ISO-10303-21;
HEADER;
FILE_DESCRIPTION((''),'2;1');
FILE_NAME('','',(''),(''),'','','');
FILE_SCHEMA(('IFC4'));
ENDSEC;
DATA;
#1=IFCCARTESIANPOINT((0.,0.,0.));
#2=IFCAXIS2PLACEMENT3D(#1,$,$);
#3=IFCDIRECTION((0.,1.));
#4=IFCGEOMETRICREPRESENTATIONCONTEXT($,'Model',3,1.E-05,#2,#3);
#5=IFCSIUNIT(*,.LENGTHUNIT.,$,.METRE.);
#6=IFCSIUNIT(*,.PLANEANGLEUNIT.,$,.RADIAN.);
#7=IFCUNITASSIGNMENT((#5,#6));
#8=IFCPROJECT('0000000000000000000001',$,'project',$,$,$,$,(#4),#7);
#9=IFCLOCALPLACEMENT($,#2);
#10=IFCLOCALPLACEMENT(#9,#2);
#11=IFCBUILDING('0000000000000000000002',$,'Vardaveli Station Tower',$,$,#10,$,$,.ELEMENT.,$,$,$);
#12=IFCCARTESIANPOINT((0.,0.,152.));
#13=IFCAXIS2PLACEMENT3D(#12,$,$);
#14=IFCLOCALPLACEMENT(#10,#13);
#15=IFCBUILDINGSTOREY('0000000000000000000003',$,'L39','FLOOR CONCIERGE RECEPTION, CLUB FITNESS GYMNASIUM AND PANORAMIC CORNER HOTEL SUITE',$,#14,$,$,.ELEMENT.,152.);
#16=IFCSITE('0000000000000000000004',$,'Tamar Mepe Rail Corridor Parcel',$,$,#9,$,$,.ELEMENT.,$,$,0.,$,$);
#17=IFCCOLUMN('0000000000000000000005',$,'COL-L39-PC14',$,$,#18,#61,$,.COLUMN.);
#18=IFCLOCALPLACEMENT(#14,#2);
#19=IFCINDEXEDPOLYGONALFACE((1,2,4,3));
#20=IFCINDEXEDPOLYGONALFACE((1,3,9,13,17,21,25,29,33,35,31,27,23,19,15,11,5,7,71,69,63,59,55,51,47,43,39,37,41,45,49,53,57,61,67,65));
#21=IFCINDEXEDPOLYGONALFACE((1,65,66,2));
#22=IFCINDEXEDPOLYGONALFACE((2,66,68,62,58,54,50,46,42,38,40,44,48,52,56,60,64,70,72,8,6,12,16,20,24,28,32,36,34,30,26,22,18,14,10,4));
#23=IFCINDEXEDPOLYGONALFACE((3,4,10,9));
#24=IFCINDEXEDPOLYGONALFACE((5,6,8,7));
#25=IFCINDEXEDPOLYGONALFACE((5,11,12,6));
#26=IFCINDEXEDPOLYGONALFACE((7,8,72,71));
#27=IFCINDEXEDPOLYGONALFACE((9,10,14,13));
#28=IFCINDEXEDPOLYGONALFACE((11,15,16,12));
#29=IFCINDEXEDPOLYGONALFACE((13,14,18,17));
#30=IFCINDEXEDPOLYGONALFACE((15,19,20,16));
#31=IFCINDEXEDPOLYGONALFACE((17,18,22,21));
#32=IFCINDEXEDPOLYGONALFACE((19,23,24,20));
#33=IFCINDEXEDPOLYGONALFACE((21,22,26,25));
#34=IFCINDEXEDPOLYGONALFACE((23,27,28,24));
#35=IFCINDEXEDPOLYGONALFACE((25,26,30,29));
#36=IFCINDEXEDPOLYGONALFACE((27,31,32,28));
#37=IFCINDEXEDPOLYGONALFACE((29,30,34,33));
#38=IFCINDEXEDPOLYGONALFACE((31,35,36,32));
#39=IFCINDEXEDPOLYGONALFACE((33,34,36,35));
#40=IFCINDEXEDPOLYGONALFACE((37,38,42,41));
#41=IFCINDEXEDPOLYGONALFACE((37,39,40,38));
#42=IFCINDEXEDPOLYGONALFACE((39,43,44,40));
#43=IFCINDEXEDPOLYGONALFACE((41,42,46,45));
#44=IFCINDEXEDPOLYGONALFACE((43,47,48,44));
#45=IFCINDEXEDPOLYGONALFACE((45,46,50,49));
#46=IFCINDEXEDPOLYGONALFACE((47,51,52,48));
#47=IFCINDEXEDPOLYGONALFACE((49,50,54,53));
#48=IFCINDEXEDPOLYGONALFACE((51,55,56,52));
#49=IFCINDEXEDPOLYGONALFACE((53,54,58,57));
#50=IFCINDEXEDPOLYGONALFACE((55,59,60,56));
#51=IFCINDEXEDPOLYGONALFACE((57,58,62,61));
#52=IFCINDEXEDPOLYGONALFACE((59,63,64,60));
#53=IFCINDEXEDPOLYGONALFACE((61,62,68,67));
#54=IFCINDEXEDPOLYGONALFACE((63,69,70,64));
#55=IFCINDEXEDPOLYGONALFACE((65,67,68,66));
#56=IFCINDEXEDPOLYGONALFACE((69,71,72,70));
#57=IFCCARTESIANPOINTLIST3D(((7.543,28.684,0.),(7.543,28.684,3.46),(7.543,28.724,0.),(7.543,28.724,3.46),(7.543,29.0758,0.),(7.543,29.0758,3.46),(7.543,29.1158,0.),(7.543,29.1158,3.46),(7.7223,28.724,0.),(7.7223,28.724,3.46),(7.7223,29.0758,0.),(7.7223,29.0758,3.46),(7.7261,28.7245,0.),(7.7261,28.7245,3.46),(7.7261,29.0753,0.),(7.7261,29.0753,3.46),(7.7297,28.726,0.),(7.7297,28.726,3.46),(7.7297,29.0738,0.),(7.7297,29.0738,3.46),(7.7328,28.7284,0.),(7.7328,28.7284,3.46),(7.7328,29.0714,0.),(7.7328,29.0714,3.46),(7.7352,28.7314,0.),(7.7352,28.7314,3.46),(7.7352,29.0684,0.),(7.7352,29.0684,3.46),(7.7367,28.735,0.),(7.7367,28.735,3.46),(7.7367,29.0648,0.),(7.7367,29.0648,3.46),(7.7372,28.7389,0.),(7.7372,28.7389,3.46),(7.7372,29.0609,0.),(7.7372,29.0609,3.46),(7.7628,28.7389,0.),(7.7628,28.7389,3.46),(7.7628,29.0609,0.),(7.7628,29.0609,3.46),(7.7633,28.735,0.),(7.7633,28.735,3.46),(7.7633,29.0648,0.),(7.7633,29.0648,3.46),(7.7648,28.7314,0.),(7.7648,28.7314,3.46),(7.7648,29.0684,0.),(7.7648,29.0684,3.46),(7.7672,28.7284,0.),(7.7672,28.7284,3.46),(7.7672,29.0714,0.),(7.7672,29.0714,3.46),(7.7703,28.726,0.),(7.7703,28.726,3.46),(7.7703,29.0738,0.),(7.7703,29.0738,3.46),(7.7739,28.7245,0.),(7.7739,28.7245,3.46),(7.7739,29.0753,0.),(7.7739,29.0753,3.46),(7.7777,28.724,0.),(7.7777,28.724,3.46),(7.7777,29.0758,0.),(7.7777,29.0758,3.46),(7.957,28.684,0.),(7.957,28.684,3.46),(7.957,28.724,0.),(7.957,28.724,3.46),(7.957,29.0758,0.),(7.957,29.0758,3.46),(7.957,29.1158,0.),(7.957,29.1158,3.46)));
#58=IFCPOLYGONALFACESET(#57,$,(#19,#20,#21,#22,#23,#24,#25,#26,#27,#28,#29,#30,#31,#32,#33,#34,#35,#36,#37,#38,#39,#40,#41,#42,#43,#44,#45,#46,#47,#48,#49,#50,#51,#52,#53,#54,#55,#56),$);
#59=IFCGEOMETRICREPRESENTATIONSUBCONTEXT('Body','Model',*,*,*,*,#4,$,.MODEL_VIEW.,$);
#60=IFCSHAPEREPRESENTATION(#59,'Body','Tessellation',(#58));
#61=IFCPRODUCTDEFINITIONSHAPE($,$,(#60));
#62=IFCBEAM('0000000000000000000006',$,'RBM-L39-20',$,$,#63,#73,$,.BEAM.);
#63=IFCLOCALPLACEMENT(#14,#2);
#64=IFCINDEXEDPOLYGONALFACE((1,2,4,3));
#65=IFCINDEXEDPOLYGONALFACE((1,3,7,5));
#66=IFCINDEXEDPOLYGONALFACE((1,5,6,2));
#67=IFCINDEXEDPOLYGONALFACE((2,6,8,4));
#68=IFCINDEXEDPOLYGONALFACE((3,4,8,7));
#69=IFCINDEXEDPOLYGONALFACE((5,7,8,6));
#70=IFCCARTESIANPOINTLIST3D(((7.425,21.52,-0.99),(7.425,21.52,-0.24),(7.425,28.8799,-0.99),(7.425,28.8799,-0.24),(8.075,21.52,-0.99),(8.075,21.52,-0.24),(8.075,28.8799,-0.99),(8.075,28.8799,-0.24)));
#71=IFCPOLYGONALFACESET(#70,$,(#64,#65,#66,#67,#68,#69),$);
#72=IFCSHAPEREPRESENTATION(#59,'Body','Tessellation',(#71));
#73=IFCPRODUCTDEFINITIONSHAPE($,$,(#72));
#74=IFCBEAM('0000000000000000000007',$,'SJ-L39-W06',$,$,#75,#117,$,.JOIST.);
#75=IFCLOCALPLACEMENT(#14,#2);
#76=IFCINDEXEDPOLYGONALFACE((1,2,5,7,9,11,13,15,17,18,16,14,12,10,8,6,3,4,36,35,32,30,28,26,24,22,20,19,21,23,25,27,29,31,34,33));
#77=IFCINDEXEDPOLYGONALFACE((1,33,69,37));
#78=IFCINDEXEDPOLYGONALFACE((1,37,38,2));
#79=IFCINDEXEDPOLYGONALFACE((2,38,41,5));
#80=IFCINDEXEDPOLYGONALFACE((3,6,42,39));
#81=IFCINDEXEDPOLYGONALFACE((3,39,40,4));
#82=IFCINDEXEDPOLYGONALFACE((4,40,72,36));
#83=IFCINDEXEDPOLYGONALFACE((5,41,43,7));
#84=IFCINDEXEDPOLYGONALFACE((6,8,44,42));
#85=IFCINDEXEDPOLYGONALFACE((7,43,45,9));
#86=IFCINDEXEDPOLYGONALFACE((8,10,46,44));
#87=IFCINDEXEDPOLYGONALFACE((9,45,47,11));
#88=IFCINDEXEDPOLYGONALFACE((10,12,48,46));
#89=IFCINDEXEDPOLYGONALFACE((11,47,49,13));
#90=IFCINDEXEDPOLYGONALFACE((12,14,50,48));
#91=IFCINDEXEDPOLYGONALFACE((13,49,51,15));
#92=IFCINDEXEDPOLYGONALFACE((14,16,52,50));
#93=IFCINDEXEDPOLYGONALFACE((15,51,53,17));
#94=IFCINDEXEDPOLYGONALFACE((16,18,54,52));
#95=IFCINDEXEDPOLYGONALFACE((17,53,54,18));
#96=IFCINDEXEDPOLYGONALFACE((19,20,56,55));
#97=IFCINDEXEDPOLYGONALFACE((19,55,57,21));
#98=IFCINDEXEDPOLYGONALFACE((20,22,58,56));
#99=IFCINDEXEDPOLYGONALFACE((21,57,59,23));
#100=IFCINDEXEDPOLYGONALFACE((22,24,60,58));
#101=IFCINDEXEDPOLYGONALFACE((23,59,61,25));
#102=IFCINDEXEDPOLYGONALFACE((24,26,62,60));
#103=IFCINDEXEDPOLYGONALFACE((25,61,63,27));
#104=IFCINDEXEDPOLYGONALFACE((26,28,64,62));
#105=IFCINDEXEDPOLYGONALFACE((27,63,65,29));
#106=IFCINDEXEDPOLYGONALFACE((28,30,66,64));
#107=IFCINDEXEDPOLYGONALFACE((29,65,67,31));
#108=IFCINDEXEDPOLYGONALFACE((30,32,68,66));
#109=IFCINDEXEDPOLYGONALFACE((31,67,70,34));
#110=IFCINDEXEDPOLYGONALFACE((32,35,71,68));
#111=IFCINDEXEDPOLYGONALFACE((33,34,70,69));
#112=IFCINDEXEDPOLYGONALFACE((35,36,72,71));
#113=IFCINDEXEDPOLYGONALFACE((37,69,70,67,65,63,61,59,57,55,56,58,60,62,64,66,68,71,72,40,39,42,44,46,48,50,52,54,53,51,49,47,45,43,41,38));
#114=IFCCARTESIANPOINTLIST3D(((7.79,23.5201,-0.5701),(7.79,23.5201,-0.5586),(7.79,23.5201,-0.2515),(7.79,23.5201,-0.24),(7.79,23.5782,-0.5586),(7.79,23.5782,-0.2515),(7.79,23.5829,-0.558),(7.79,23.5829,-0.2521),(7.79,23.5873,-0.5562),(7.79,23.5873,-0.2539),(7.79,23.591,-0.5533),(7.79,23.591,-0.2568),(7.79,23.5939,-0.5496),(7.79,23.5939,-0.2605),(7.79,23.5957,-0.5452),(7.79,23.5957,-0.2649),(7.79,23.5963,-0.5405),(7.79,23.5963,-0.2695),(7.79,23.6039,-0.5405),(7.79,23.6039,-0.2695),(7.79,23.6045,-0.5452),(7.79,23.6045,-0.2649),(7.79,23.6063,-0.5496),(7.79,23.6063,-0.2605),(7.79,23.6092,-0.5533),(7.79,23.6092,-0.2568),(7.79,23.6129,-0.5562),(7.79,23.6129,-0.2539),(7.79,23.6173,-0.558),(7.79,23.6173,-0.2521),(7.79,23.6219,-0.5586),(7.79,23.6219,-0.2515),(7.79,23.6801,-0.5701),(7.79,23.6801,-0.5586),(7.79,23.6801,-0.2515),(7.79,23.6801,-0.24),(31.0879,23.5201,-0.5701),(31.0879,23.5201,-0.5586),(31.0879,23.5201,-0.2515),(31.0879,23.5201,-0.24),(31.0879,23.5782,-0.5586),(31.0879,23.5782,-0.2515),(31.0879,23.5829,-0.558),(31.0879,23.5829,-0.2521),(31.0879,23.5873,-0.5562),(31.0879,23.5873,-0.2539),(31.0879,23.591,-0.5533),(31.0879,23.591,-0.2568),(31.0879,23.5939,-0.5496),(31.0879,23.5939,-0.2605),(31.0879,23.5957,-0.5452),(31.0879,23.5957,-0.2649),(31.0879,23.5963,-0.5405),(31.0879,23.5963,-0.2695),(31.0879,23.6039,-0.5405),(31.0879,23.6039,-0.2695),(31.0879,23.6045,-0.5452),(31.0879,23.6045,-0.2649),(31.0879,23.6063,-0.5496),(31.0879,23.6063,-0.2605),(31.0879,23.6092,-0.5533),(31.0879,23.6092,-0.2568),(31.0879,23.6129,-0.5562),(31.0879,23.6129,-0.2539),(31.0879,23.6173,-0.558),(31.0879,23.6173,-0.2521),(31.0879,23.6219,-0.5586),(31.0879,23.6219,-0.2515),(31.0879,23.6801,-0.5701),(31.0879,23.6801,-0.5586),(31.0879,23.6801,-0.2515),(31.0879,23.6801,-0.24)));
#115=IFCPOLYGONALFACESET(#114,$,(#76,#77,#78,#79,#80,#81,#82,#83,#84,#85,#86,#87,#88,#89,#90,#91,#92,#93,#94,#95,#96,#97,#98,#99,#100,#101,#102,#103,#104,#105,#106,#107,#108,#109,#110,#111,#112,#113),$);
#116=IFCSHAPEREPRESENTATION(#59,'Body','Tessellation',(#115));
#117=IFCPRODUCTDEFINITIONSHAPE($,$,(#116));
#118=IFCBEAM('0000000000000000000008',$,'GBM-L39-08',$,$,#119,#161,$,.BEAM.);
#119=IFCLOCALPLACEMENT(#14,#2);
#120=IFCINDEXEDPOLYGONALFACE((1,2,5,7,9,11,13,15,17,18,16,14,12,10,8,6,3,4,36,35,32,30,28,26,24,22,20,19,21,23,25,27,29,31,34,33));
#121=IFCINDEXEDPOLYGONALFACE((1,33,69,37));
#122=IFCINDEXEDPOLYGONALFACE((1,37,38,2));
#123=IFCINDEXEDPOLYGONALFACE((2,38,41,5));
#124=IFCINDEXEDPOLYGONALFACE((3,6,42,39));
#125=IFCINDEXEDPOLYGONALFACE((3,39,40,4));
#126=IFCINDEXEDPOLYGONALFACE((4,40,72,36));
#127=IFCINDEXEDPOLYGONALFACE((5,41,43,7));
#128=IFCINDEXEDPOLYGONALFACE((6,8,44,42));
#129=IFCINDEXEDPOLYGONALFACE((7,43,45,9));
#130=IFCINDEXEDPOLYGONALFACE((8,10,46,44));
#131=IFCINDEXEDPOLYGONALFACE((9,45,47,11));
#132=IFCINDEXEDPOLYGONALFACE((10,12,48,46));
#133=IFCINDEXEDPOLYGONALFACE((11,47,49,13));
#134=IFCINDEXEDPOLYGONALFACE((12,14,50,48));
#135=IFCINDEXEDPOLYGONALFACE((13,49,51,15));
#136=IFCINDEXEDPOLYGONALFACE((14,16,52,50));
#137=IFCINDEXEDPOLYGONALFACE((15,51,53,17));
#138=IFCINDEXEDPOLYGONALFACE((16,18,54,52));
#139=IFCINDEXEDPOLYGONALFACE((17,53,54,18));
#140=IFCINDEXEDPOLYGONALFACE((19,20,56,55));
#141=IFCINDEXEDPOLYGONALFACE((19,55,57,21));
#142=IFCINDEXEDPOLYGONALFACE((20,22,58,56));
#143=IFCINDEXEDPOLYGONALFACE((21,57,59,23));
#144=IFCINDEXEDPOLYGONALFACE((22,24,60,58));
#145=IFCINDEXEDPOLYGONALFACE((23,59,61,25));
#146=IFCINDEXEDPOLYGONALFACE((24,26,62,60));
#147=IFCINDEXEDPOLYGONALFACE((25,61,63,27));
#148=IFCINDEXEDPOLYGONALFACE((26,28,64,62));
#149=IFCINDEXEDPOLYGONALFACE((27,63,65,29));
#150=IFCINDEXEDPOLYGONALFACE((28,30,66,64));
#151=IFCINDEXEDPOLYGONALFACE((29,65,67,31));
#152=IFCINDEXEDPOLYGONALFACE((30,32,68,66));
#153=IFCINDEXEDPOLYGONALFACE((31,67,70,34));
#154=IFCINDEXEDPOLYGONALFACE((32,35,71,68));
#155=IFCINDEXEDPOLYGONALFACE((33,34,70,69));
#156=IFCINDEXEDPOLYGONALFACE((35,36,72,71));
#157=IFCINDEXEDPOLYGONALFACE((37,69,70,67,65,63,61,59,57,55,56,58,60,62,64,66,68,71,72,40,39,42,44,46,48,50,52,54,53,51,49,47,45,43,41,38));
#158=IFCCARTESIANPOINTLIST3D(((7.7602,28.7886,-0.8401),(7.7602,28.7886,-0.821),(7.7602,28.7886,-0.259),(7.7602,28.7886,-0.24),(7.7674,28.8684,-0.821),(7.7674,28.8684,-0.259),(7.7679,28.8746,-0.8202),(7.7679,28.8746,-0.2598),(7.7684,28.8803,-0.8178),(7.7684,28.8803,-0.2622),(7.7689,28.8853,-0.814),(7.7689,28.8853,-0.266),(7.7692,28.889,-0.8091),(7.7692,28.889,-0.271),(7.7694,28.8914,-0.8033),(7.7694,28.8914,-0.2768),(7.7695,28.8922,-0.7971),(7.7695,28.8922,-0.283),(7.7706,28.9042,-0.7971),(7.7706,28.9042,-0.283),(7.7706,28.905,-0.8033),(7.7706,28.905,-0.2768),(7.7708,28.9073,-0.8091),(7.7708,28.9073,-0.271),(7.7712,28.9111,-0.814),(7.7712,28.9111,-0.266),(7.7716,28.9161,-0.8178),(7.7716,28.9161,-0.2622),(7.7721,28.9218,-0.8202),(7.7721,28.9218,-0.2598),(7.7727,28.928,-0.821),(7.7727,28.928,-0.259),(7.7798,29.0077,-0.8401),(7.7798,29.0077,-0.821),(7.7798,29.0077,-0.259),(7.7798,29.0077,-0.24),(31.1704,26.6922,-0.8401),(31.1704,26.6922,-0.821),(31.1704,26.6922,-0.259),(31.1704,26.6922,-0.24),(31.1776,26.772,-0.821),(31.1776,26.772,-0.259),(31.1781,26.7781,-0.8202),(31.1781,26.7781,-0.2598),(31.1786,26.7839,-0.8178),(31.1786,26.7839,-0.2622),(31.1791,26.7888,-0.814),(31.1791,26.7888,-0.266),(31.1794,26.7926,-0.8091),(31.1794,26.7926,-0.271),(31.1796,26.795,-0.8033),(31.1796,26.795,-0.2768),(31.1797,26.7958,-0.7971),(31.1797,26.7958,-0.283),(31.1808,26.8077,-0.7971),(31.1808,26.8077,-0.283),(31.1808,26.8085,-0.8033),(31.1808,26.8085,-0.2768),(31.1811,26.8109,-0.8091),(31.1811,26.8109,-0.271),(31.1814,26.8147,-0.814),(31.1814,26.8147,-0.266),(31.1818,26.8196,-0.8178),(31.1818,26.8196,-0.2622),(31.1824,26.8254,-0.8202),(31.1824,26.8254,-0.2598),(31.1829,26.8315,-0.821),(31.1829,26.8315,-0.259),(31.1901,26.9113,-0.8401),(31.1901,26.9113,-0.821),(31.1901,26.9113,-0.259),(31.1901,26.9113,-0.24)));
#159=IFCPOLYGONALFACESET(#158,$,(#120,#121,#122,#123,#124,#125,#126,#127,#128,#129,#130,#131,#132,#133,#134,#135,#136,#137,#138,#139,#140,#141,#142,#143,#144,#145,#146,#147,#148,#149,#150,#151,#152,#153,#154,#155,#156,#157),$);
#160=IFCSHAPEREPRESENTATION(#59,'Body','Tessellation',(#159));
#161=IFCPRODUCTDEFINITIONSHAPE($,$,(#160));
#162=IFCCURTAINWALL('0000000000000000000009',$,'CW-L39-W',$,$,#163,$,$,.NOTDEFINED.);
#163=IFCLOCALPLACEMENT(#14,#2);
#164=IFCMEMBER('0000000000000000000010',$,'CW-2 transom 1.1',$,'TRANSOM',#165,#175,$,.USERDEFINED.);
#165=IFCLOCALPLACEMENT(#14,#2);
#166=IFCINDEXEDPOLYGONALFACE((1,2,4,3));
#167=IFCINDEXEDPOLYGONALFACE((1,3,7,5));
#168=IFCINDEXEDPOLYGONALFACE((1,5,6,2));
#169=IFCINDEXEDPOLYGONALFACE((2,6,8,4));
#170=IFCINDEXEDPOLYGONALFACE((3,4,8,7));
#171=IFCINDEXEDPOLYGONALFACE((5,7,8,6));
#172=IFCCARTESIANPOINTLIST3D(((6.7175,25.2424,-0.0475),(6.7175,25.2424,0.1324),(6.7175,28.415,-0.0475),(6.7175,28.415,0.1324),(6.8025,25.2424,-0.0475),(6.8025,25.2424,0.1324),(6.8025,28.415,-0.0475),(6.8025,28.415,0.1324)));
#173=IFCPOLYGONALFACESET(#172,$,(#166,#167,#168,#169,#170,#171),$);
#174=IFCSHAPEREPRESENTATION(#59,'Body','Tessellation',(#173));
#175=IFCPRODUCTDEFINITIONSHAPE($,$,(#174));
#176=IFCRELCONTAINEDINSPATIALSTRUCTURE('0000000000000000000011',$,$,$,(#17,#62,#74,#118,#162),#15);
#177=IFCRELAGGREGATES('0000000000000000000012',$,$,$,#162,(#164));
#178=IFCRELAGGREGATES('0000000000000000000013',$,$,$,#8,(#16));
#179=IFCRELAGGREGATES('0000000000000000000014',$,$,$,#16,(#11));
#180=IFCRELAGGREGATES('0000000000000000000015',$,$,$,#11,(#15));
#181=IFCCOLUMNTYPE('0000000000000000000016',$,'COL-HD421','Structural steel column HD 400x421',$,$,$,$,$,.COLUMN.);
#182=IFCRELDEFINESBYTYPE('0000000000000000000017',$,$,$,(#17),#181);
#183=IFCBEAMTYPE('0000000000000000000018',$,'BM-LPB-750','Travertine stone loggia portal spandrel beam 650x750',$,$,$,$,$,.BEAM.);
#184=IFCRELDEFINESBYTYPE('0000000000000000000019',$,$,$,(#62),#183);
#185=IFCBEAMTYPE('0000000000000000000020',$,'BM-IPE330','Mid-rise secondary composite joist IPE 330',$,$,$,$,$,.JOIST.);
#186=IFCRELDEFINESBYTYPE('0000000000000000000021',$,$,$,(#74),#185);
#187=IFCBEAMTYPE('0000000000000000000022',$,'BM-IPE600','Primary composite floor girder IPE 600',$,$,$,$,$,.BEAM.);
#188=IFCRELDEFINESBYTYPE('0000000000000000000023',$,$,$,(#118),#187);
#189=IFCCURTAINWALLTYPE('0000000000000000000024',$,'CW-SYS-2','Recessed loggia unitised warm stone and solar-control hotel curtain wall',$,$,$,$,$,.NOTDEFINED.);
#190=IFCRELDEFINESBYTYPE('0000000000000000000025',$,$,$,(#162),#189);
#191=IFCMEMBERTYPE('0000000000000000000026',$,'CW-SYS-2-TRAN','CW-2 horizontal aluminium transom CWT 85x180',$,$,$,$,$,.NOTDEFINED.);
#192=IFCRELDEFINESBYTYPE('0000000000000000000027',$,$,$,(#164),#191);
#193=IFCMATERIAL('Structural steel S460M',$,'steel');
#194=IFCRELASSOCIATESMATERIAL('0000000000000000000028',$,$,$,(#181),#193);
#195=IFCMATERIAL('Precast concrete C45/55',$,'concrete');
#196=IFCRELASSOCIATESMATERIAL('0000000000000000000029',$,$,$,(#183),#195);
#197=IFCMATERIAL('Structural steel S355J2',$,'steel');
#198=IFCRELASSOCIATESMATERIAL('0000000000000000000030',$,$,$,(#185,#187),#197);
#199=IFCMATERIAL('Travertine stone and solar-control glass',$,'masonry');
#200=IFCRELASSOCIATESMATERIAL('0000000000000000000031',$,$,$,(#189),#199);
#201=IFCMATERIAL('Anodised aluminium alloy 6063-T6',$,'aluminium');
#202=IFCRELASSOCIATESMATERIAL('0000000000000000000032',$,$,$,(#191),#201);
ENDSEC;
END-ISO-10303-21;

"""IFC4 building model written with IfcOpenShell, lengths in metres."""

from ifc_helpers import new_model, si_unit, direction, frame, origin, origin_2d, place, context, subcontext, project, spatial, rectangle, i_section, extrude, source, transform, mapped, material, material_profile, profile_set, type_object, element, aggregate, save


model = new_model("IFC4")

# Units and contexts
model_context = context("Model", 3, precision=1e-05, world=origin(), true_north=direction((0.0, 1.0)))
body_context = subcontext(model_context, "Body", "Model", "MODEL_VIEW")
ifc_project = project(units=[si_unit("LENGTHUNIT", "METRE"), si_unit("PLANEANGLEUNIT", "RADIAN")], contexts=[model_context])

# Site, building, storey
site_placement = place(None, origin())
site = spatial("IfcSite", under=ifc_project, at=site_placement, Name="Tamar Mepe Rail Corridor Parcel", CompositionType="ELEMENT", RefElevation=0.0)
building_placement = place(site_placement, origin())
building = spatial("IfcBuilding", under=site, at=building_placement, Name="Vardaveli Station Tower", CompositionType="ELEMENT")
storey_placement = place(building_placement, frame((0.0, 0.0, 152.0)))
storey = spatial("IfcBuildingStorey", under=building, at=storey_placement, Name="L39", Description="FLOOR CONCIERGE RECEPTION, CLUB FITNESS GYMNASIUM AND PANORAMIC CORNER HOTEL SUITE", CompositionType="ELEMENT", Elevation=152.0)

# Column
ifc_material_1 = material(Name="Structural steel S460M", Category="steel")
ifc_material_profile_1 = material_profile(ifc_material_1, i_section(OverallWidth=0.4141, OverallDepth=0.4319, WebThickness=0.0256, FlangeThickness=0.04, FilletRadius=0.0149, at=origin_2d()), Name="HD 400x421")
ifc_profile_set_1 = profile_set([ifc_material_profile_1], Name="Structural steel S460M")
column_type = type_object("IfcColumnType", Name="COL-HD421", Description="Structural steel column HD 400x421", PredefinedType="COLUMN", material=ifc_profile_set_1)
shared_shape_1 = source(origin(), body_context, "Body", "SweptSolid", [
    extrude(i_section(OverallWidth=0.4141, OverallDepth=0.4319, WebThickness=0.0256, FlangeThickness=0.04, FilletRadius=0.0149, at=origin_2d()), origin(), (0.0, 0.0, 1.0), 3.46),
])
column_placement = place(storey_placement, frame((7.75, 28.8999, 0.0), z_axis=(0.0, 0.0, 1.0), x_axis=(1.0, 0.0, 0.0)))
element("IfcColumn", 1, at=column_placement, inside=storey, type_object=column_type, Name="COL-L39-PC14", PredefinedType="COLUMN", context=body_context, shape_type="MappedRepresentation", body=[
    mapped(shared_shape_1, transform((0.0, 0.0, 0.0), scale=1.0)),
])

# Beams
ifc_material_2 = material(Name="Precast concrete C45/55", Category="concrete")
ifc_material_profile_2 = material_profile(ifc_material_2, rectangle(XDim=0.6499, YDim=0.75, at=origin_2d()), Name="LPB 650x750")
ifc_profile_set_2 = profile_set([ifc_material_profile_2], Name="Precast concrete C45/55")
beam_type_1 = type_object("IfcBeamType", Name="BM-LPB-750", Description="Travertine stone loggia portal spandrel beam 650x750", PredefinedType="BEAM", material=ifc_profile_set_2)
shared_shape_2 = source(origin(), body_context, "Body", "SweptSolid", [
    extrude(rectangle(XDim=0.6499, YDim=0.75, at=origin_2d()), origin(), (0.0, 0.0, 1.0), 7.3599),
])
beam_1_placement = place(storey_placement, frame((7.75, 28.8799, -0.615), z_axis=(0.0, -1.0, 0.0), x_axis=(1.0, 0.0, 0.0)))
element("IfcBeam", 2, at=beam_1_placement, inside=storey, type_object=beam_type_1, Name="RBM-L39-20", PredefinedType="BEAM", context=body_context, shape_type="MappedRepresentation", body=[
    mapped(shared_shape_2, transform((0.0, 0.0, 0.0), scale=1.0)),
])
ifc_material_3 = material(Name="Structural steel S355J2", Category="steel")
ifc_material_profile_3 = material_profile(ifc_material_3, i_section(OverallWidth=0.1599, OverallDepth=0.3301, WebThickness=0.0076, FlangeThickness=0.0115, FilletRadius=0.0181, at=origin_2d()), Name="IPE 330")
ifc_profile_set_3 = profile_set([ifc_material_profile_3], Name="Structural steel S355J2")
beam_type_2 = type_object("IfcBeamType", Name="BM-IPE330", Description="Mid-rise secondary composite joist IPE 330", PredefinedType="JOIST", material=ifc_profile_set_3)
shared_shape_3 = source(origin(), body_context, "Body", "SweptSolid", [
    extrude(i_section(OverallWidth=0.1599, OverallDepth=0.3301, WebThickness=0.0076, FlangeThickness=0.0115, FilletRadius=0.0181, at=origin_2d()), origin(), (0.0, 0.0, 1.0), 23.2979),
])
beam_2_placement = place(storey_placement, frame((7.79, 23.6001, -0.405), z_axis=(1.0, 0.0, 0.0), x_axis=(0.0, 1.0, 0.0)))
element("IfcBeam", 3, at=beam_2_placement, inside=storey, type_object=beam_type_2, Name="SJ-L39-W06", PredefinedType="JOIST", context=body_context, shape_type="MappedRepresentation", body=[
    mapped(shared_shape_3, transform((0.0, 0.0, 0.0), scale=1.0)),
])
ifc_material_profile_4 = material_profile(ifc_material_3, i_section(OverallWidth=0.22, OverallDepth=0.6001, WebThickness=0.012, FlangeThickness=0.019, FilletRadius=0.0239, at=origin_2d()), Name="IPE 600")
ifc_profile_set_4 = profile_set([ifc_material_profile_4], Name="Structural steel S355J2")
beam_type_3 = type_object("IfcBeamType", Name="BM-IPE600", Description="Primary composite floor girder IPE 600", PredefinedType="BEAM", material=ifc_profile_set_4)
shared_shape_4 = source(origin(), body_context, "Body", "SweptSolid", [
    extrude(i_section(OverallWidth=0.22, OverallDepth=0.6001, WebThickness=0.012, FlangeThickness=0.019, FilletRadius=0.0239, at=origin_2d()), origin(), (0.0, 0.0, 1.0), 23.5039),
])
beam_3_placement = place(storey_placement, frame((7.77, 28.8982, -0.54), z_axis=(0.996014, -0.089195, 0.0), x_axis=(0.089195, 0.996014, 0.0)))
element("IfcBeam", 4, at=beam_3_placement, inside=storey, type_object=beam_type_3, Name="GBM-L39-08", PredefinedType="BEAM", context=body_context, shape_type="MappedRepresentation", body=[
    mapped(shared_shape_4, transform((0.0, 0.0, 0.0), scale=1.0)),
])

# Curtain wall, member
ifc_material_4 = material(Name="Travertine stone and solar-control glass", Category="masonry")
curtain_wall_type = type_object("IfcCurtainWallType", Name="CW-SYS-2", Description="Recessed loggia unitised warm stone and solar-control hotel curtain wall", PredefinedType="NOTDEFINED", material=ifc_material_4)
curtain_wall_placement = place(storey_placement, origin())
curtain_wall = element("IfcCurtainWall", 5, at=curtain_wall_placement, inside=storey, type_object=curtain_wall_type, Name="CW-L39-W", PredefinedType="NOTDEFINED")
ifc_material_5 = material(Name="Anodised aluminium alloy 6063-T6", Category="aluminium")
ifc_material_profile_5 = material_profile(ifc_material_5, rectangle(XDim=0.085, YDim=0.1799, at=origin_2d()), Name="CWT 85x180")
ifc_profile_set_5 = profile_set([ifc_material_profile_5], Name="Anodised aluminium alloy 6063-T6")
member_type_1 = type_object("IfcMemberType", Name="CW-SYS-2-TRAN", Description="CW-2 horizontal aluminium transom CWT 85x180", PredefinedType="NOTDEFINED", material=ifc_profile_set_5)
shared_shape_5 = source(origin(), body_context, "Body", "SweptSolid", [
    extrude(rectangle(XDim=0.085, YDim=0.1799, at=origin_2d()), origin(), (0.0, 0.0, 1.0), 3.1726),
])
member_1_placement = place(storey_placement, frame((6.76, 28.415, 0.0425), z_axis=(0.0, -1.0, 0.0), x_axis=(1.0, 0.0, 0.0)))
member_1 = element("IfcMember", 6, at=member_1_placement, type_object=member_type_1, Name="CW-2 transom 1.1", ObjectType="TRANSOM", PredefinedType="USERDEFINED", context=body_context, shape_type="MappedRepresentation", body=[
    mapped(shared_shape_5, transform((0.0, 0.0, 0.0), scale=1.0)),
])
aggregate(curtain_wall, [member_1])

save(model, "model.ifc")
